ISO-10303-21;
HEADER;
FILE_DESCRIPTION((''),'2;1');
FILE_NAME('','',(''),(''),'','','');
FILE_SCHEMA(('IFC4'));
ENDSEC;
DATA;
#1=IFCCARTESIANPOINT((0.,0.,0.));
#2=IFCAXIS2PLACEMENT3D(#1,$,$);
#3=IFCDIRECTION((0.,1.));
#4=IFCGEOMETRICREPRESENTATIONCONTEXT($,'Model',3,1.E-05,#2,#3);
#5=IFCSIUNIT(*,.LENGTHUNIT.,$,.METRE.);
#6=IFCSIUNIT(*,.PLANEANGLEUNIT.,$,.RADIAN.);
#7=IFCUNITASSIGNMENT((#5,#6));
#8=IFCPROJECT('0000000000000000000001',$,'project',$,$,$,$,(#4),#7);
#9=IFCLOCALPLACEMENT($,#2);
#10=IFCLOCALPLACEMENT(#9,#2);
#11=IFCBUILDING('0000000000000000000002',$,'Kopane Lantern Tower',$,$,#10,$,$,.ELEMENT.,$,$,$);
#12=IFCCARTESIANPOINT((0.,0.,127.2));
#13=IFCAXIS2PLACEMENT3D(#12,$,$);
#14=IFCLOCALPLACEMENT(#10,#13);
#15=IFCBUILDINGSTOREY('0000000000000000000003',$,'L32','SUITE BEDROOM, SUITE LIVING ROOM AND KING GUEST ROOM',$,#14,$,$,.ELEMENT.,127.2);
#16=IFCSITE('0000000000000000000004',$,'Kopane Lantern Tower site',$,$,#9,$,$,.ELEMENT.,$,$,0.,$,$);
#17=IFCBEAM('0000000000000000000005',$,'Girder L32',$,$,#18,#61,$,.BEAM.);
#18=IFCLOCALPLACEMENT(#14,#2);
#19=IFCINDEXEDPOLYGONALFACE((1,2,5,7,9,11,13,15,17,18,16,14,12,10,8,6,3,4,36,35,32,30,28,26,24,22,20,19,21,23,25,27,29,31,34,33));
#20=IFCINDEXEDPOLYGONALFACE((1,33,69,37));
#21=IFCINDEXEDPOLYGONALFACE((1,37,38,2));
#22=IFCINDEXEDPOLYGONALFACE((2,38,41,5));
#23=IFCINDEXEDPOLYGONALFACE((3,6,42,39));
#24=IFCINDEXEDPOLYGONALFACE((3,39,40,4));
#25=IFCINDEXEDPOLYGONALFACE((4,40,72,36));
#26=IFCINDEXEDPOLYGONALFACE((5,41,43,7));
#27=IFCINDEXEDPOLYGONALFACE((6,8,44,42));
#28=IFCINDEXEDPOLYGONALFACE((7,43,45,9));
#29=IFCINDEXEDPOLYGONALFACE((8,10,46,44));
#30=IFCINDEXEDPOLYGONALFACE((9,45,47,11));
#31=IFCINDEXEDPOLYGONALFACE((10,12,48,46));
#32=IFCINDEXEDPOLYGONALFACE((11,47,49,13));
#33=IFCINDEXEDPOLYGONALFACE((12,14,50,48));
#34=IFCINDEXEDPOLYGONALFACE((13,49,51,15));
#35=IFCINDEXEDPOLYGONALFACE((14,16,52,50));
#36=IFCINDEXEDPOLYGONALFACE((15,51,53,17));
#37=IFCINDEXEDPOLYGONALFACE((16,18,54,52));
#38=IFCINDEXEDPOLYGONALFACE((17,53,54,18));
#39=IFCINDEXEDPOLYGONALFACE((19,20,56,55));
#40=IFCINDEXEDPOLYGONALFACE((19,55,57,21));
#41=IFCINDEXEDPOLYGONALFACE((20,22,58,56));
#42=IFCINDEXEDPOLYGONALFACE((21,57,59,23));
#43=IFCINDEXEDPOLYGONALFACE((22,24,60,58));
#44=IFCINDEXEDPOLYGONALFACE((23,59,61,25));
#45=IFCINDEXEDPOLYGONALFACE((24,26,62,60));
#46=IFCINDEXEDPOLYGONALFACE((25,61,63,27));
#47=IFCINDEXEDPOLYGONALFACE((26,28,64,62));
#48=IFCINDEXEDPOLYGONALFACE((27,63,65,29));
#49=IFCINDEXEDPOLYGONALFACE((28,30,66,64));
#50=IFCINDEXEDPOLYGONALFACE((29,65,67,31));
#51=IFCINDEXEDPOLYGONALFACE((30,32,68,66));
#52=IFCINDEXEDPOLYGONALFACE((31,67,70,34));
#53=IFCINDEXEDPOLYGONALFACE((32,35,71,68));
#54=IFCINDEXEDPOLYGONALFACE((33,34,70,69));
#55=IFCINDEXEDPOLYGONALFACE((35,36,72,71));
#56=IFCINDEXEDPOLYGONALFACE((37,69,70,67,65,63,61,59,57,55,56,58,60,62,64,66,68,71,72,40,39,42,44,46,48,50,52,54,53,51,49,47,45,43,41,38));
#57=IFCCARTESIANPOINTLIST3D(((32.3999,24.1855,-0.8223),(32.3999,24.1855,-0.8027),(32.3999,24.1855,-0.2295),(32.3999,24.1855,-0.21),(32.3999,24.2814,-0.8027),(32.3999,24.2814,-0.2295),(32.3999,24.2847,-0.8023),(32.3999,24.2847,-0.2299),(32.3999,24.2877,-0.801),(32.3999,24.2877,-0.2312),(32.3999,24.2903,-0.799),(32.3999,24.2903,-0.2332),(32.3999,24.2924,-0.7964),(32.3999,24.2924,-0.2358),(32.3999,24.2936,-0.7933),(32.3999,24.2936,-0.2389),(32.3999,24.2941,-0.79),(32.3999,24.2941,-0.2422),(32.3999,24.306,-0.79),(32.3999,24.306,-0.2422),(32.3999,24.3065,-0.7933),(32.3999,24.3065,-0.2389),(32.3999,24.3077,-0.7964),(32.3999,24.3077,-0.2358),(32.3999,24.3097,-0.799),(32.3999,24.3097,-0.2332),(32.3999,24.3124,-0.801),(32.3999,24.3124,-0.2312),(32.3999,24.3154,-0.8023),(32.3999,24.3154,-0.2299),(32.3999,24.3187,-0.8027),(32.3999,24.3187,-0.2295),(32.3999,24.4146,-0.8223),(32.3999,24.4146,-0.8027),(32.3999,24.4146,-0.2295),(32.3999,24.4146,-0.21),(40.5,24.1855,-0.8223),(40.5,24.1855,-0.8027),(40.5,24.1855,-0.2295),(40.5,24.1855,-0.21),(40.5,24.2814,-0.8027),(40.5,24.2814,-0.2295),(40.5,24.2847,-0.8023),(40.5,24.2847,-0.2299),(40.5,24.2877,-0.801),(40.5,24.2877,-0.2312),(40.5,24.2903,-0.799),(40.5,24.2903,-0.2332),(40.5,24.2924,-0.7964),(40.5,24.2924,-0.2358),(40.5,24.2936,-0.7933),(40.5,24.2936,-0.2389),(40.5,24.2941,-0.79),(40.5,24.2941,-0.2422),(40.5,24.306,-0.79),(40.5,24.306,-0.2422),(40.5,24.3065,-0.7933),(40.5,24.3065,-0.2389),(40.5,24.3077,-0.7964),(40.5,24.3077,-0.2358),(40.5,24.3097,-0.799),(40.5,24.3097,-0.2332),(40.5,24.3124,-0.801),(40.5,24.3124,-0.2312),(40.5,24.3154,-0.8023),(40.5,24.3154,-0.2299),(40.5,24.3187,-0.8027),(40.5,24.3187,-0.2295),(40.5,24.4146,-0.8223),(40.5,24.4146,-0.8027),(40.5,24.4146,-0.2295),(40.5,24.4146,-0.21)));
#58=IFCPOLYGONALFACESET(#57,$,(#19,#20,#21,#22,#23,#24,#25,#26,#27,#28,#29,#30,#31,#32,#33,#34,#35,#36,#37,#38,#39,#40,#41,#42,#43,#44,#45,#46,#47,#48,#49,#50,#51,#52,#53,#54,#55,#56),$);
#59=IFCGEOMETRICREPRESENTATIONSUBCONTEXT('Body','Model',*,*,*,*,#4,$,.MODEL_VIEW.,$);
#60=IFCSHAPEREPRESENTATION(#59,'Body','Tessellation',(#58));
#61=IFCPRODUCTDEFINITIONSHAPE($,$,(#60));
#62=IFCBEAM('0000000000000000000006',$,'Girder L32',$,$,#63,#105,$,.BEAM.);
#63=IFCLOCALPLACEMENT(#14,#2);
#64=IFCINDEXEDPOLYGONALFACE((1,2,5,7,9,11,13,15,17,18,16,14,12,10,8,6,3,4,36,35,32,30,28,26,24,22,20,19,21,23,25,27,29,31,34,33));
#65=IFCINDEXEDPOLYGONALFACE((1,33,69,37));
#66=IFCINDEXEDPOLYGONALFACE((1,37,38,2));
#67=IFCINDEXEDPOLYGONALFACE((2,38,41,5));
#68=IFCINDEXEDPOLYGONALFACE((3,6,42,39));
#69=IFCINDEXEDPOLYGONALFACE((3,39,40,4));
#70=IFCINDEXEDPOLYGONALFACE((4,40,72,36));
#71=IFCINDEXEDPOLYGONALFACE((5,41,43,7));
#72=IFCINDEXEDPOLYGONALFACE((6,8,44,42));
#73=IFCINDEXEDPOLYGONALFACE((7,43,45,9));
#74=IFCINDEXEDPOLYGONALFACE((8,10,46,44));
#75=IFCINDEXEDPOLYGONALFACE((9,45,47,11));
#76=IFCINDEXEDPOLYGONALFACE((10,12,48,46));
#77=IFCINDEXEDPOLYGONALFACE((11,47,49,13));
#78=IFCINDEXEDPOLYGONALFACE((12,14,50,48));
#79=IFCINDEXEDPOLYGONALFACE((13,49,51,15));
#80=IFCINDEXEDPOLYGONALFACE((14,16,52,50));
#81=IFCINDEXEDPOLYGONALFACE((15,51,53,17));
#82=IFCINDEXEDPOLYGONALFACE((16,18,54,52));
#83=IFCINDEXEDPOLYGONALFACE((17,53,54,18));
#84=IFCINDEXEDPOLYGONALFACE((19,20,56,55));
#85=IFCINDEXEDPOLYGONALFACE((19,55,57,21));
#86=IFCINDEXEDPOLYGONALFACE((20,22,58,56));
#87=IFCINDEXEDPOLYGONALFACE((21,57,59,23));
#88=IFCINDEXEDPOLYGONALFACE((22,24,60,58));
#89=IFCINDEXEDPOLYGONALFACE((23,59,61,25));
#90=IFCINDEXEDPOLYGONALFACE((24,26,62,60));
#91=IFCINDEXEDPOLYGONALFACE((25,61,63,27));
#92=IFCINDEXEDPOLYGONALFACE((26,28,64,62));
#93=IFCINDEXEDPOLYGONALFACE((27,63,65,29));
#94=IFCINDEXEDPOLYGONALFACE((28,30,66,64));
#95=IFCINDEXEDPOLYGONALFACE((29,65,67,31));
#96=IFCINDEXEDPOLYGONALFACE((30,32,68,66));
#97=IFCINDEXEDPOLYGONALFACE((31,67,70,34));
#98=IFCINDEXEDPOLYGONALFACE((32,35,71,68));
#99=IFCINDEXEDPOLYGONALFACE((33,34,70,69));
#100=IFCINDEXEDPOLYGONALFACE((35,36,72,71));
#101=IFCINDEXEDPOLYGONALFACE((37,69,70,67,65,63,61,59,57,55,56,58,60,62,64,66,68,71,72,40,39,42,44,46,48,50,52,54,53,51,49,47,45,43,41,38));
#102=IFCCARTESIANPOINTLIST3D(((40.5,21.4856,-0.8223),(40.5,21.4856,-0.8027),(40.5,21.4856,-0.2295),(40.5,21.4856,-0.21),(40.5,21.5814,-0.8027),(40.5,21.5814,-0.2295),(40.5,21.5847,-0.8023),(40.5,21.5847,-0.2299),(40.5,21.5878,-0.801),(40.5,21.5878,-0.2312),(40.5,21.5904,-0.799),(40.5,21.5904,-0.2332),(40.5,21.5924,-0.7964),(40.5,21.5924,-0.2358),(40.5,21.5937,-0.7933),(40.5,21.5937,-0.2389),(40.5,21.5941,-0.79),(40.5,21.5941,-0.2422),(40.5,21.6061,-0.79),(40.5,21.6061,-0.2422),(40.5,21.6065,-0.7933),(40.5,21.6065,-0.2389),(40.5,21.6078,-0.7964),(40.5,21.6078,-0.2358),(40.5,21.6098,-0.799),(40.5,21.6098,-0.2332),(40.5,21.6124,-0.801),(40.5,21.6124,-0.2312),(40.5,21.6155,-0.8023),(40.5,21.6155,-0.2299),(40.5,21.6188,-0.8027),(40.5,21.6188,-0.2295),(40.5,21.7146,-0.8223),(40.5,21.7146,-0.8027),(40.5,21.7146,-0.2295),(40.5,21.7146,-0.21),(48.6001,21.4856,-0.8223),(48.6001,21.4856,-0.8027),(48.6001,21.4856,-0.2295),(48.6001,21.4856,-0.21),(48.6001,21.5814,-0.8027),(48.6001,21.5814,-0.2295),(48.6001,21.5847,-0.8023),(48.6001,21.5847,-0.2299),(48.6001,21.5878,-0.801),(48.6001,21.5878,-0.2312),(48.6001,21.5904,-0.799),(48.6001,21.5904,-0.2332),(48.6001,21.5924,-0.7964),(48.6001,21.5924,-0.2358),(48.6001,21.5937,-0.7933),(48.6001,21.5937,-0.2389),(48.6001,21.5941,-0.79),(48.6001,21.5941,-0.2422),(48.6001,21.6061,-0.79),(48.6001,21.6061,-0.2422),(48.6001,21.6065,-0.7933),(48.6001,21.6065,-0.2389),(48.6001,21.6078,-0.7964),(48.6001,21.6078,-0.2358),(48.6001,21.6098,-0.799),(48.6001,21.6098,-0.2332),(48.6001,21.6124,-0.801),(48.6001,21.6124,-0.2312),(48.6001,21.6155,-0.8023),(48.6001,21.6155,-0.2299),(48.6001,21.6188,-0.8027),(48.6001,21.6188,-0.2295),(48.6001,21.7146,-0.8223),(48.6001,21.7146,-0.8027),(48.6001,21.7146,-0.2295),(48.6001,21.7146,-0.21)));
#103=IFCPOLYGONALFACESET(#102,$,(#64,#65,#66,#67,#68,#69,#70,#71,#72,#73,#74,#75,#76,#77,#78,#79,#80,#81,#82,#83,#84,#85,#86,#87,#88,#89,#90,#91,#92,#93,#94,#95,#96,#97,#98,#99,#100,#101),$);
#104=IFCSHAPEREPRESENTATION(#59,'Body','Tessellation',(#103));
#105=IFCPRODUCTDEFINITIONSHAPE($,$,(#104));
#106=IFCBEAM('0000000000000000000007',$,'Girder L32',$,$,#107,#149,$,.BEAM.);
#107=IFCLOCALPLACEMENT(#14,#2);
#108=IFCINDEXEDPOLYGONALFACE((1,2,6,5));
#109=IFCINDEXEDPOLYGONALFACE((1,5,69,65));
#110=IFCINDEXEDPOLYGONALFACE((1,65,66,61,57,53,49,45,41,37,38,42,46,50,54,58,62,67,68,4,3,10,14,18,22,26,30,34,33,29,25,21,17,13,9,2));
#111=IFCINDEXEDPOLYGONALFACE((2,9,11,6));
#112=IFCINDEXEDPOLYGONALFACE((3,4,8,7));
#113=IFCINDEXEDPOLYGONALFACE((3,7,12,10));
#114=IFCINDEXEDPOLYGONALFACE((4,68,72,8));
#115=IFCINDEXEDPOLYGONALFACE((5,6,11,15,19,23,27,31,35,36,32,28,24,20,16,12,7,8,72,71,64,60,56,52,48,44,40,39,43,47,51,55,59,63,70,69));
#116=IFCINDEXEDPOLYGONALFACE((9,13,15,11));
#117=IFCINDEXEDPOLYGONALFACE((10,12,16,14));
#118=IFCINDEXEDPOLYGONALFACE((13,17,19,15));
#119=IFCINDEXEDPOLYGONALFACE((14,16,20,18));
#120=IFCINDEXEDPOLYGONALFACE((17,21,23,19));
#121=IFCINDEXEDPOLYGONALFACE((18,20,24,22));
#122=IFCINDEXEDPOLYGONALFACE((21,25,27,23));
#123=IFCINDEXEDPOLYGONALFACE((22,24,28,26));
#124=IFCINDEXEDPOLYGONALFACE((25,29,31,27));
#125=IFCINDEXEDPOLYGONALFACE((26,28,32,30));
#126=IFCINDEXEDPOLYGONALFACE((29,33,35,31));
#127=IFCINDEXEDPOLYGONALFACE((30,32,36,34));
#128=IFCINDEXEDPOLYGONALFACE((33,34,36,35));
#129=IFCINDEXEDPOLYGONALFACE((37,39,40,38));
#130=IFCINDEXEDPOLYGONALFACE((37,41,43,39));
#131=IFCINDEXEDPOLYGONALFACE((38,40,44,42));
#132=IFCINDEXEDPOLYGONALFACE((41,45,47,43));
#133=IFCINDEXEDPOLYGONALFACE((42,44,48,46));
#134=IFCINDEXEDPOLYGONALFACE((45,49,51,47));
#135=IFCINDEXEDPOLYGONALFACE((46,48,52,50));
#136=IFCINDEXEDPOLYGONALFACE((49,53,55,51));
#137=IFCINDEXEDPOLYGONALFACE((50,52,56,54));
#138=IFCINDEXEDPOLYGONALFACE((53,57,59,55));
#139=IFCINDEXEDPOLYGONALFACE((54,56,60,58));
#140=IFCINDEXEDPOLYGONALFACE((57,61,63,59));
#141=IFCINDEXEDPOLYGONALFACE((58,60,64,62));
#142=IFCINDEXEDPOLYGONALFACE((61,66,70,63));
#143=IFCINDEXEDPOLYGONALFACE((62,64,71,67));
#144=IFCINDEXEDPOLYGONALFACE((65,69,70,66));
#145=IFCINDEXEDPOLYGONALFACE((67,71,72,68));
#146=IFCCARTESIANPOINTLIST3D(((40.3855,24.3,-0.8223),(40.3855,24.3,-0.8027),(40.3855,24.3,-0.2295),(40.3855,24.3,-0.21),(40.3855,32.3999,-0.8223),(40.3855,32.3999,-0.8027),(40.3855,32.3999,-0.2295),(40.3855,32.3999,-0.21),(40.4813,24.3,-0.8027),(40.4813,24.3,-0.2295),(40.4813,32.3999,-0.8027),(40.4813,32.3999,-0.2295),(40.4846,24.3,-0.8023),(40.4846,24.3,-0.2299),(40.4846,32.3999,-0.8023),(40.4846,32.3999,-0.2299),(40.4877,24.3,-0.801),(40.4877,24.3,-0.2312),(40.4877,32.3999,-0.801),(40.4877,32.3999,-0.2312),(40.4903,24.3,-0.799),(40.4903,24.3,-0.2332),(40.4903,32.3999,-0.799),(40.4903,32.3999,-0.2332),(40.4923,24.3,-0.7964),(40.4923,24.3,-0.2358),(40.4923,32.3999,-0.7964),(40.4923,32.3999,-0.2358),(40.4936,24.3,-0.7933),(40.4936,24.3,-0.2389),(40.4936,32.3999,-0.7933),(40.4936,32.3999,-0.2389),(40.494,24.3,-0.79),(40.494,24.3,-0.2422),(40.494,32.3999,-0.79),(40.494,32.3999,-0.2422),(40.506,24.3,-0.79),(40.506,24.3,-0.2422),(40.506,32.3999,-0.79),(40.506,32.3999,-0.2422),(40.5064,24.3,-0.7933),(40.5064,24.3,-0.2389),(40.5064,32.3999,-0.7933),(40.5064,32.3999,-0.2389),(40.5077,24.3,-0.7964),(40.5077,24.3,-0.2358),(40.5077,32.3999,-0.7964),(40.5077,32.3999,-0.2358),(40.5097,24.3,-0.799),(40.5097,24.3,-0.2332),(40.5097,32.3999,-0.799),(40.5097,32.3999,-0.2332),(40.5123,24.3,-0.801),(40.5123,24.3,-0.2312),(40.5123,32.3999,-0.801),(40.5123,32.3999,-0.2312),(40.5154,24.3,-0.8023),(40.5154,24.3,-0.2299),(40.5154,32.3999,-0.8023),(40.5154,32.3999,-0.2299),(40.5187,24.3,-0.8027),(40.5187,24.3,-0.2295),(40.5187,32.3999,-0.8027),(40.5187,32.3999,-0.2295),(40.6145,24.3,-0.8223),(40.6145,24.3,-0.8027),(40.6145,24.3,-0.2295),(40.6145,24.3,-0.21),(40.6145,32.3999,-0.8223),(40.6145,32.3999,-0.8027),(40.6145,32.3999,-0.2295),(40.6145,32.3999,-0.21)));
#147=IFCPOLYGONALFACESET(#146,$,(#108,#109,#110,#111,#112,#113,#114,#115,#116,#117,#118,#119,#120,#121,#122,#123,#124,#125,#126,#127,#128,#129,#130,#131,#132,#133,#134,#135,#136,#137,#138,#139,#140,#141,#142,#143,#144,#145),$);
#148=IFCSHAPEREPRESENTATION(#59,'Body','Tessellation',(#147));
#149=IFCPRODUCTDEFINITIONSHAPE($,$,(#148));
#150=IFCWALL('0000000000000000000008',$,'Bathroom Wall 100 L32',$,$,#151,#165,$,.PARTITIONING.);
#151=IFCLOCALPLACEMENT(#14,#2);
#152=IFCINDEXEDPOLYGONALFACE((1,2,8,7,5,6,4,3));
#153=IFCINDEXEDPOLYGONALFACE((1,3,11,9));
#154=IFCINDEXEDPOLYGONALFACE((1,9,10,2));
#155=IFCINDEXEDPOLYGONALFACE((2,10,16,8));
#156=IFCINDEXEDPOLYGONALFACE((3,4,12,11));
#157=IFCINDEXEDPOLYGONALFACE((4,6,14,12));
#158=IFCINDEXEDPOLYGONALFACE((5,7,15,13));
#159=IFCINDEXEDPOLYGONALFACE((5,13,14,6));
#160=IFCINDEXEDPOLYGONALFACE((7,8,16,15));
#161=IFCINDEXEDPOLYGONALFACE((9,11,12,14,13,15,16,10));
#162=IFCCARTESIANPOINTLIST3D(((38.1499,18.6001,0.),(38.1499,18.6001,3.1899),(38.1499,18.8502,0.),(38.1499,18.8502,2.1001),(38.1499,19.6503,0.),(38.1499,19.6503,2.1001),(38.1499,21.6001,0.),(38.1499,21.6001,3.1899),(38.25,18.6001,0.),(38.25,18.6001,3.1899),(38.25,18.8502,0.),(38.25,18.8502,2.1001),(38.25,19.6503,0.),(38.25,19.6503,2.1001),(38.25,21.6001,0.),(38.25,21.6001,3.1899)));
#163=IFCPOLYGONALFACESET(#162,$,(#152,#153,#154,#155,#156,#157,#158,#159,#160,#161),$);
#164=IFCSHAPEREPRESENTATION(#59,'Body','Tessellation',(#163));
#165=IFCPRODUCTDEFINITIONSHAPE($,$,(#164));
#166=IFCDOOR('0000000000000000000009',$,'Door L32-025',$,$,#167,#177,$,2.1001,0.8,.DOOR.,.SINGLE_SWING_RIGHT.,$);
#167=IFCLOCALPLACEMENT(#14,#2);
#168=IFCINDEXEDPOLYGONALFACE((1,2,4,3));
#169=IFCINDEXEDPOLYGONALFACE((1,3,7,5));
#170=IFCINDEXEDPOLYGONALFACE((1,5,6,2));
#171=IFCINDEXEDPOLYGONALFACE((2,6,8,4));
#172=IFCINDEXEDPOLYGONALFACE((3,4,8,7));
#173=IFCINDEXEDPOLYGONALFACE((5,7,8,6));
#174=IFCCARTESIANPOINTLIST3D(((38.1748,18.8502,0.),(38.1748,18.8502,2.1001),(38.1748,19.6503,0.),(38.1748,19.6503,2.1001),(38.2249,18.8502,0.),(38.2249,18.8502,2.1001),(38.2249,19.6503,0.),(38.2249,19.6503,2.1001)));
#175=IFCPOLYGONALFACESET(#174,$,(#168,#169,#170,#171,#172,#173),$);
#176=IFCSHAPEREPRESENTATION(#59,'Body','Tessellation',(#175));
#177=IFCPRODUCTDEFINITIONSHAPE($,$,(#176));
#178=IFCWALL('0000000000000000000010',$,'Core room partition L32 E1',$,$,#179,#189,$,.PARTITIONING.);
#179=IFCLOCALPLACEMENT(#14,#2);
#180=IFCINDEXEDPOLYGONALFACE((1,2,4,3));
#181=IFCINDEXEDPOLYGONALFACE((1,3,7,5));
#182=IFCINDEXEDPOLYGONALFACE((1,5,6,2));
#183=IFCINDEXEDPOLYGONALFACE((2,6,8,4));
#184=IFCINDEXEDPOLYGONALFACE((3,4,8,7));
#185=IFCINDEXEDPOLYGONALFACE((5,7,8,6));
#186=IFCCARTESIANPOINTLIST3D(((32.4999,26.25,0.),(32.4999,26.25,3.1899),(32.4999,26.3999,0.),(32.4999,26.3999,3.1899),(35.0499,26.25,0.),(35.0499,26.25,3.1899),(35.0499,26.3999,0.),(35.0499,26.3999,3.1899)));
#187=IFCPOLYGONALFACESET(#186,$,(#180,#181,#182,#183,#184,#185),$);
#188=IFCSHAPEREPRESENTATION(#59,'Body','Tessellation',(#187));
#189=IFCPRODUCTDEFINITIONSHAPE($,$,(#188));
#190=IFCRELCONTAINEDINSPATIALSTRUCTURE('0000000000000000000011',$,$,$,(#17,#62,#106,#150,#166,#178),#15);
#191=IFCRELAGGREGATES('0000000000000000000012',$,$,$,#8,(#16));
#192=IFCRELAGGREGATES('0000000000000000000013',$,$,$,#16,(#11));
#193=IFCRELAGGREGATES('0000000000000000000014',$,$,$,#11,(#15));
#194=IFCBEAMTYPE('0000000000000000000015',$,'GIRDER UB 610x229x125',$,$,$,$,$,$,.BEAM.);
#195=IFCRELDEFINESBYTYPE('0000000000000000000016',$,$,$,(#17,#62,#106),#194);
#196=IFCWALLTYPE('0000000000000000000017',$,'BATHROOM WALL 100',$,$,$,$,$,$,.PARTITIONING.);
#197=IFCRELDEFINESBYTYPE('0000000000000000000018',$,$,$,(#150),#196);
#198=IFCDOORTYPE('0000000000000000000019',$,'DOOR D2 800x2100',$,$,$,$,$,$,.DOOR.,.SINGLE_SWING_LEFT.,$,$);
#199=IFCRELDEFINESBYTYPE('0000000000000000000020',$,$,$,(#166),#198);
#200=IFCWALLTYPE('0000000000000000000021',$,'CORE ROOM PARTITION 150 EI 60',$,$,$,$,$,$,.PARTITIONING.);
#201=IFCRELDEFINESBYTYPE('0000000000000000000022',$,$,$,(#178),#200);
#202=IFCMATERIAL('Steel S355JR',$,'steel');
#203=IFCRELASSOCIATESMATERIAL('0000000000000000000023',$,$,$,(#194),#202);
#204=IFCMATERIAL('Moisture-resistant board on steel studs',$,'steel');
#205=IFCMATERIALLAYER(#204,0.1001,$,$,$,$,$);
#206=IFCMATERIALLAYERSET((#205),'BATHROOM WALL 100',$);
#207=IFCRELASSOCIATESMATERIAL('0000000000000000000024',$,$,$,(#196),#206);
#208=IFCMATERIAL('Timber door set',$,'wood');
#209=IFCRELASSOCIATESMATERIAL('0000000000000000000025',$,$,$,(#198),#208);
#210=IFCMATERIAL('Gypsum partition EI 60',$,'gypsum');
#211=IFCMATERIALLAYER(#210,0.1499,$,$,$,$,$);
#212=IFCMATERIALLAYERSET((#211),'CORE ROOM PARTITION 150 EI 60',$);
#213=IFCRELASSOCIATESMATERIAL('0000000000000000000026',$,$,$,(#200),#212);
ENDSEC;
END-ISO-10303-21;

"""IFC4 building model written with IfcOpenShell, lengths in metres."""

from ifc_helpers import new_model, si_unit, direction, frame, frame_2d, origin, origin_2d, place, context, subcontext, project, spatial, rectangle, i_section, extrude, material, layer, layer_set, material_profile, profile_set, type_object, element, fill, save


model = new_model("IFC4")

# Units and contexts
model_context = context("Model", 3, precision=1e-05, world=origin(), true_north=direction((0.0, 1.0)))
body_context = subcontext(model_context, "Body", "Model", "MODEL_VIEW")
ifc_project = project(units=[si_unit("LENGTHUNIT", "METRE"), si_unit("PLANEANGLEUNIT", "RADIAN")], contexts=[model_context])

# Site, building, storey
site_placement = place(None, origin())
site = spatial("IfcSite", under=ifc_project, at=site_placement, Name="Kopane Lantern Tower site", CompositionType="ELEMENT", RefElevation=0.0)
building_placement = place(site_placement, origin())
building = spatial("IfcBuilding", under=site, at=building_placement, Name="Kopane Lantern Tower", CompositionType="ELEMENT")
storey_placement = place(building_placement, frame((0.0, 0.0, 127.2)))
storey = spatial("IfcBuildingStorey", under=building, at=storey_placement, Name="L32", Description="SUITE BEDROOM, SUITE LIVING ROOM AND KING GUEST ROOM", CompositionType="ELEMENT", Elevation=127.2)

# Beams
ifc_material_1 = material(Name="Steel S355JR", Category="steel")
ifc_material_profile_1 = material_profile(ifc_material_1, i_section(OverallWidth=0.229, OverallDepth=0.6123, WebThickness=0.012, FlangeThickness=0.0195, FilletRadius=0.0127, at=origin_2d()), Name="UB 610x229x125")
ifc_profile_set_1 = profile_set([ifc_material_profile_1], Name="Steel S355JR")
beam_type_1 = type_object("IfcBeamType", Name="GIRDER UB 610x229x125", PredefinedType="BEAM", material=ifc_profile_set_1)
for number, where, z_axis, x_axis, name in (
    (1, (32.3999, 24.3, -0.5161), (1.0, 0.0, 0.0), (0.0, 1.0, 0.0), "Girder L32"),
    (2, (40.5, 21.6001, -0.5161), (1.0, 0.0, 0.0), (0.0, 1.0, 0.0), "Girder L32"),
):
    element("IfcBeam", number, at=place(storey_placement, frame(where, z_axis=z_axis, x_axis=x_axis)), inside=storey, type_object=beam_type_1, Name=name, PredefinedType="BEAM", context=body_context, shape_type="SweptSolid", body=[
        extrude(i_section(OverallWidth=0.229, OverallDepth=0.6123, WebThickness=0.012, FlangeThickness=0.0195, FilletRadius=0.0127, at=origin_2d()), origin(), (0.0, 0.0, 1.0), 8.1001),
    ])
beam_1_placement = place(storey_placement, frame((40.5, 24.3, -0.5161), z_axis=(0.0, 1.0, 0.0), x_axis=(-1.0, 0.0, 0.0)))
element("IfcBeam", 3, at=beam_1_placement, inside=storey, type_object=beam_type_1, Name="Girder L32", PredefinedType="BEAM", context=body_context, shape_type="SweptSolid", body=[
    extrude(i_section(OverallWidth=0.229, OverallDepth=0.6123, WebThickness=0.012, FlangeThickness=0.0195, FilletRadius=0.0127, at=origin_2d()), origin(), (0.0, 0.0, 1.0), 8.0999),
])

# Wall, opening, door
ifc_material_2 = material(Name="Moisture-resistant board on steel studs", Category="steel")
ifc_layer_1 = layer(ifc_material_2, 0.1001)
ifc_layer_set_1 = layer_set([ifc_layer_1], Name="BATHROOM WALL 100")
wall_type_1 = type_object("IfcWallType", Name="BATHROOM WALL 100", PredefinedType="PARTITIONING", material=ifc_layer_set_1)
wall_1_placement = place(storey_placement, frame((38.2, 21.6001, 0.0), z_axis=(0.0, 0.0, 1.0), x_axis=(0.0, -1.0, 0.0)))
wall_1 = element("IfcWall", 4, at=wall_1_placement, inside=storey, type_object=wall_type_1, Name="Bathroom Wall 100 L32", PredefinedType="PARTITIONING", context=body_context, shape_type="SweptSolid", body=[
    extrude(rectangle(XDim=3.0, YDim=0.1001, at=frame_2d((1.5, 0.0))), origin(), (0.0, 0.0, 1.0), 3.1899),
])
opening_1_placement = place(wall_1_placement, frame((1.95, 0.0, 0.0)))
opening_1 = element("IfcOpeningElement", 5, at=opening_1_placement, cuts=wall_1, PredefinedType="OPENING", context=body_context, shape_type="SweptSolid", body=[
    extrude(rectangle(XDim=0.8, YDim=2.1001, at=frame_2d((0.3999, 1.05))), frame((0.0, 0.0601, 0.0), z_axis=(0.0, -1.0, 0.0), x_axis=(1.0, 0.0, 0.0)), (0.0, 0.0, 1.0), 0.1201),
])
ifc_material_3 = material(Name="Timber door set", Category="wood")
door_type_1 = type_object("IfcDoorType", Name="DOOR D2 800x2100", OperationType="SINGLE_SWING_LEFT", PredefinedType="DOOR", material=ifc_material_3)
door_1_placement = place(opening_1_placement, origin())
door_1 = element("IfcDoor", 6, at=door_1_placement, inside=storey, type_object=door_type_1, Name="Door L32-025", OperationType="SINGLE_SWING_RIGHT", OverallHeight=2.1001, OverallWidth=0.8, PredefinedType="DOOR", context=body_context, shape_type="SweptSolid", body=[
    extrude(rectangle(XDim=0.8, YDim=2.1001, at=frame_2d((0.3999, 1.05))), frame((0.0, 0.0249, 0.0), z_axis=(0.0, -1.0, 0.0), x_axis=(1.0, 0.0, 0.0)), (0.0, 0.0, 1.0), 0.05),
])
fill(opening_1, door_1)

# Wall
ifc_material_4 = material(Name="Gypsum partition EI 60", Category="gypsum")
ifc_layer_2 = layer(ifc_material_4, 0.1499)
ifc_layer_set_2 = layer_set([ifc_layer_2], Name="CORE ROOM PARTITION 150 EI 60")
wall_type_2 = type_object("IfcWallType", Name="CORE ROOM PARTITION 150 EI 60", PredefinedType="PARTITIONING", material=ifc_layer_set_2)
for number, where, z_axis, x_axis, name in (
    (7, (32.5, 26.325, 0.0), (0.0, 0.0, 1.0), (1.0, 0.0, 0.0), "Core room partition L32 E1"),
):
    element("IfcWall", number, at=place(storey_placement, frame(where, z_axis=z_axis, x_axis=x_axis)), inside=storey, type_object=wall_type_2, Name=name, PredefinedType="PARTITIONING", context=body_context, shape_type="SweptSolid", body=[
        extrude(rectangle(XDim=2.55, YDim=0.1499, at=frame_2d((1.2749, 0.0))), origin(), (0.0, 0.0, 1.0), 3.1899),
    ])

save(model, "model.ifc")
